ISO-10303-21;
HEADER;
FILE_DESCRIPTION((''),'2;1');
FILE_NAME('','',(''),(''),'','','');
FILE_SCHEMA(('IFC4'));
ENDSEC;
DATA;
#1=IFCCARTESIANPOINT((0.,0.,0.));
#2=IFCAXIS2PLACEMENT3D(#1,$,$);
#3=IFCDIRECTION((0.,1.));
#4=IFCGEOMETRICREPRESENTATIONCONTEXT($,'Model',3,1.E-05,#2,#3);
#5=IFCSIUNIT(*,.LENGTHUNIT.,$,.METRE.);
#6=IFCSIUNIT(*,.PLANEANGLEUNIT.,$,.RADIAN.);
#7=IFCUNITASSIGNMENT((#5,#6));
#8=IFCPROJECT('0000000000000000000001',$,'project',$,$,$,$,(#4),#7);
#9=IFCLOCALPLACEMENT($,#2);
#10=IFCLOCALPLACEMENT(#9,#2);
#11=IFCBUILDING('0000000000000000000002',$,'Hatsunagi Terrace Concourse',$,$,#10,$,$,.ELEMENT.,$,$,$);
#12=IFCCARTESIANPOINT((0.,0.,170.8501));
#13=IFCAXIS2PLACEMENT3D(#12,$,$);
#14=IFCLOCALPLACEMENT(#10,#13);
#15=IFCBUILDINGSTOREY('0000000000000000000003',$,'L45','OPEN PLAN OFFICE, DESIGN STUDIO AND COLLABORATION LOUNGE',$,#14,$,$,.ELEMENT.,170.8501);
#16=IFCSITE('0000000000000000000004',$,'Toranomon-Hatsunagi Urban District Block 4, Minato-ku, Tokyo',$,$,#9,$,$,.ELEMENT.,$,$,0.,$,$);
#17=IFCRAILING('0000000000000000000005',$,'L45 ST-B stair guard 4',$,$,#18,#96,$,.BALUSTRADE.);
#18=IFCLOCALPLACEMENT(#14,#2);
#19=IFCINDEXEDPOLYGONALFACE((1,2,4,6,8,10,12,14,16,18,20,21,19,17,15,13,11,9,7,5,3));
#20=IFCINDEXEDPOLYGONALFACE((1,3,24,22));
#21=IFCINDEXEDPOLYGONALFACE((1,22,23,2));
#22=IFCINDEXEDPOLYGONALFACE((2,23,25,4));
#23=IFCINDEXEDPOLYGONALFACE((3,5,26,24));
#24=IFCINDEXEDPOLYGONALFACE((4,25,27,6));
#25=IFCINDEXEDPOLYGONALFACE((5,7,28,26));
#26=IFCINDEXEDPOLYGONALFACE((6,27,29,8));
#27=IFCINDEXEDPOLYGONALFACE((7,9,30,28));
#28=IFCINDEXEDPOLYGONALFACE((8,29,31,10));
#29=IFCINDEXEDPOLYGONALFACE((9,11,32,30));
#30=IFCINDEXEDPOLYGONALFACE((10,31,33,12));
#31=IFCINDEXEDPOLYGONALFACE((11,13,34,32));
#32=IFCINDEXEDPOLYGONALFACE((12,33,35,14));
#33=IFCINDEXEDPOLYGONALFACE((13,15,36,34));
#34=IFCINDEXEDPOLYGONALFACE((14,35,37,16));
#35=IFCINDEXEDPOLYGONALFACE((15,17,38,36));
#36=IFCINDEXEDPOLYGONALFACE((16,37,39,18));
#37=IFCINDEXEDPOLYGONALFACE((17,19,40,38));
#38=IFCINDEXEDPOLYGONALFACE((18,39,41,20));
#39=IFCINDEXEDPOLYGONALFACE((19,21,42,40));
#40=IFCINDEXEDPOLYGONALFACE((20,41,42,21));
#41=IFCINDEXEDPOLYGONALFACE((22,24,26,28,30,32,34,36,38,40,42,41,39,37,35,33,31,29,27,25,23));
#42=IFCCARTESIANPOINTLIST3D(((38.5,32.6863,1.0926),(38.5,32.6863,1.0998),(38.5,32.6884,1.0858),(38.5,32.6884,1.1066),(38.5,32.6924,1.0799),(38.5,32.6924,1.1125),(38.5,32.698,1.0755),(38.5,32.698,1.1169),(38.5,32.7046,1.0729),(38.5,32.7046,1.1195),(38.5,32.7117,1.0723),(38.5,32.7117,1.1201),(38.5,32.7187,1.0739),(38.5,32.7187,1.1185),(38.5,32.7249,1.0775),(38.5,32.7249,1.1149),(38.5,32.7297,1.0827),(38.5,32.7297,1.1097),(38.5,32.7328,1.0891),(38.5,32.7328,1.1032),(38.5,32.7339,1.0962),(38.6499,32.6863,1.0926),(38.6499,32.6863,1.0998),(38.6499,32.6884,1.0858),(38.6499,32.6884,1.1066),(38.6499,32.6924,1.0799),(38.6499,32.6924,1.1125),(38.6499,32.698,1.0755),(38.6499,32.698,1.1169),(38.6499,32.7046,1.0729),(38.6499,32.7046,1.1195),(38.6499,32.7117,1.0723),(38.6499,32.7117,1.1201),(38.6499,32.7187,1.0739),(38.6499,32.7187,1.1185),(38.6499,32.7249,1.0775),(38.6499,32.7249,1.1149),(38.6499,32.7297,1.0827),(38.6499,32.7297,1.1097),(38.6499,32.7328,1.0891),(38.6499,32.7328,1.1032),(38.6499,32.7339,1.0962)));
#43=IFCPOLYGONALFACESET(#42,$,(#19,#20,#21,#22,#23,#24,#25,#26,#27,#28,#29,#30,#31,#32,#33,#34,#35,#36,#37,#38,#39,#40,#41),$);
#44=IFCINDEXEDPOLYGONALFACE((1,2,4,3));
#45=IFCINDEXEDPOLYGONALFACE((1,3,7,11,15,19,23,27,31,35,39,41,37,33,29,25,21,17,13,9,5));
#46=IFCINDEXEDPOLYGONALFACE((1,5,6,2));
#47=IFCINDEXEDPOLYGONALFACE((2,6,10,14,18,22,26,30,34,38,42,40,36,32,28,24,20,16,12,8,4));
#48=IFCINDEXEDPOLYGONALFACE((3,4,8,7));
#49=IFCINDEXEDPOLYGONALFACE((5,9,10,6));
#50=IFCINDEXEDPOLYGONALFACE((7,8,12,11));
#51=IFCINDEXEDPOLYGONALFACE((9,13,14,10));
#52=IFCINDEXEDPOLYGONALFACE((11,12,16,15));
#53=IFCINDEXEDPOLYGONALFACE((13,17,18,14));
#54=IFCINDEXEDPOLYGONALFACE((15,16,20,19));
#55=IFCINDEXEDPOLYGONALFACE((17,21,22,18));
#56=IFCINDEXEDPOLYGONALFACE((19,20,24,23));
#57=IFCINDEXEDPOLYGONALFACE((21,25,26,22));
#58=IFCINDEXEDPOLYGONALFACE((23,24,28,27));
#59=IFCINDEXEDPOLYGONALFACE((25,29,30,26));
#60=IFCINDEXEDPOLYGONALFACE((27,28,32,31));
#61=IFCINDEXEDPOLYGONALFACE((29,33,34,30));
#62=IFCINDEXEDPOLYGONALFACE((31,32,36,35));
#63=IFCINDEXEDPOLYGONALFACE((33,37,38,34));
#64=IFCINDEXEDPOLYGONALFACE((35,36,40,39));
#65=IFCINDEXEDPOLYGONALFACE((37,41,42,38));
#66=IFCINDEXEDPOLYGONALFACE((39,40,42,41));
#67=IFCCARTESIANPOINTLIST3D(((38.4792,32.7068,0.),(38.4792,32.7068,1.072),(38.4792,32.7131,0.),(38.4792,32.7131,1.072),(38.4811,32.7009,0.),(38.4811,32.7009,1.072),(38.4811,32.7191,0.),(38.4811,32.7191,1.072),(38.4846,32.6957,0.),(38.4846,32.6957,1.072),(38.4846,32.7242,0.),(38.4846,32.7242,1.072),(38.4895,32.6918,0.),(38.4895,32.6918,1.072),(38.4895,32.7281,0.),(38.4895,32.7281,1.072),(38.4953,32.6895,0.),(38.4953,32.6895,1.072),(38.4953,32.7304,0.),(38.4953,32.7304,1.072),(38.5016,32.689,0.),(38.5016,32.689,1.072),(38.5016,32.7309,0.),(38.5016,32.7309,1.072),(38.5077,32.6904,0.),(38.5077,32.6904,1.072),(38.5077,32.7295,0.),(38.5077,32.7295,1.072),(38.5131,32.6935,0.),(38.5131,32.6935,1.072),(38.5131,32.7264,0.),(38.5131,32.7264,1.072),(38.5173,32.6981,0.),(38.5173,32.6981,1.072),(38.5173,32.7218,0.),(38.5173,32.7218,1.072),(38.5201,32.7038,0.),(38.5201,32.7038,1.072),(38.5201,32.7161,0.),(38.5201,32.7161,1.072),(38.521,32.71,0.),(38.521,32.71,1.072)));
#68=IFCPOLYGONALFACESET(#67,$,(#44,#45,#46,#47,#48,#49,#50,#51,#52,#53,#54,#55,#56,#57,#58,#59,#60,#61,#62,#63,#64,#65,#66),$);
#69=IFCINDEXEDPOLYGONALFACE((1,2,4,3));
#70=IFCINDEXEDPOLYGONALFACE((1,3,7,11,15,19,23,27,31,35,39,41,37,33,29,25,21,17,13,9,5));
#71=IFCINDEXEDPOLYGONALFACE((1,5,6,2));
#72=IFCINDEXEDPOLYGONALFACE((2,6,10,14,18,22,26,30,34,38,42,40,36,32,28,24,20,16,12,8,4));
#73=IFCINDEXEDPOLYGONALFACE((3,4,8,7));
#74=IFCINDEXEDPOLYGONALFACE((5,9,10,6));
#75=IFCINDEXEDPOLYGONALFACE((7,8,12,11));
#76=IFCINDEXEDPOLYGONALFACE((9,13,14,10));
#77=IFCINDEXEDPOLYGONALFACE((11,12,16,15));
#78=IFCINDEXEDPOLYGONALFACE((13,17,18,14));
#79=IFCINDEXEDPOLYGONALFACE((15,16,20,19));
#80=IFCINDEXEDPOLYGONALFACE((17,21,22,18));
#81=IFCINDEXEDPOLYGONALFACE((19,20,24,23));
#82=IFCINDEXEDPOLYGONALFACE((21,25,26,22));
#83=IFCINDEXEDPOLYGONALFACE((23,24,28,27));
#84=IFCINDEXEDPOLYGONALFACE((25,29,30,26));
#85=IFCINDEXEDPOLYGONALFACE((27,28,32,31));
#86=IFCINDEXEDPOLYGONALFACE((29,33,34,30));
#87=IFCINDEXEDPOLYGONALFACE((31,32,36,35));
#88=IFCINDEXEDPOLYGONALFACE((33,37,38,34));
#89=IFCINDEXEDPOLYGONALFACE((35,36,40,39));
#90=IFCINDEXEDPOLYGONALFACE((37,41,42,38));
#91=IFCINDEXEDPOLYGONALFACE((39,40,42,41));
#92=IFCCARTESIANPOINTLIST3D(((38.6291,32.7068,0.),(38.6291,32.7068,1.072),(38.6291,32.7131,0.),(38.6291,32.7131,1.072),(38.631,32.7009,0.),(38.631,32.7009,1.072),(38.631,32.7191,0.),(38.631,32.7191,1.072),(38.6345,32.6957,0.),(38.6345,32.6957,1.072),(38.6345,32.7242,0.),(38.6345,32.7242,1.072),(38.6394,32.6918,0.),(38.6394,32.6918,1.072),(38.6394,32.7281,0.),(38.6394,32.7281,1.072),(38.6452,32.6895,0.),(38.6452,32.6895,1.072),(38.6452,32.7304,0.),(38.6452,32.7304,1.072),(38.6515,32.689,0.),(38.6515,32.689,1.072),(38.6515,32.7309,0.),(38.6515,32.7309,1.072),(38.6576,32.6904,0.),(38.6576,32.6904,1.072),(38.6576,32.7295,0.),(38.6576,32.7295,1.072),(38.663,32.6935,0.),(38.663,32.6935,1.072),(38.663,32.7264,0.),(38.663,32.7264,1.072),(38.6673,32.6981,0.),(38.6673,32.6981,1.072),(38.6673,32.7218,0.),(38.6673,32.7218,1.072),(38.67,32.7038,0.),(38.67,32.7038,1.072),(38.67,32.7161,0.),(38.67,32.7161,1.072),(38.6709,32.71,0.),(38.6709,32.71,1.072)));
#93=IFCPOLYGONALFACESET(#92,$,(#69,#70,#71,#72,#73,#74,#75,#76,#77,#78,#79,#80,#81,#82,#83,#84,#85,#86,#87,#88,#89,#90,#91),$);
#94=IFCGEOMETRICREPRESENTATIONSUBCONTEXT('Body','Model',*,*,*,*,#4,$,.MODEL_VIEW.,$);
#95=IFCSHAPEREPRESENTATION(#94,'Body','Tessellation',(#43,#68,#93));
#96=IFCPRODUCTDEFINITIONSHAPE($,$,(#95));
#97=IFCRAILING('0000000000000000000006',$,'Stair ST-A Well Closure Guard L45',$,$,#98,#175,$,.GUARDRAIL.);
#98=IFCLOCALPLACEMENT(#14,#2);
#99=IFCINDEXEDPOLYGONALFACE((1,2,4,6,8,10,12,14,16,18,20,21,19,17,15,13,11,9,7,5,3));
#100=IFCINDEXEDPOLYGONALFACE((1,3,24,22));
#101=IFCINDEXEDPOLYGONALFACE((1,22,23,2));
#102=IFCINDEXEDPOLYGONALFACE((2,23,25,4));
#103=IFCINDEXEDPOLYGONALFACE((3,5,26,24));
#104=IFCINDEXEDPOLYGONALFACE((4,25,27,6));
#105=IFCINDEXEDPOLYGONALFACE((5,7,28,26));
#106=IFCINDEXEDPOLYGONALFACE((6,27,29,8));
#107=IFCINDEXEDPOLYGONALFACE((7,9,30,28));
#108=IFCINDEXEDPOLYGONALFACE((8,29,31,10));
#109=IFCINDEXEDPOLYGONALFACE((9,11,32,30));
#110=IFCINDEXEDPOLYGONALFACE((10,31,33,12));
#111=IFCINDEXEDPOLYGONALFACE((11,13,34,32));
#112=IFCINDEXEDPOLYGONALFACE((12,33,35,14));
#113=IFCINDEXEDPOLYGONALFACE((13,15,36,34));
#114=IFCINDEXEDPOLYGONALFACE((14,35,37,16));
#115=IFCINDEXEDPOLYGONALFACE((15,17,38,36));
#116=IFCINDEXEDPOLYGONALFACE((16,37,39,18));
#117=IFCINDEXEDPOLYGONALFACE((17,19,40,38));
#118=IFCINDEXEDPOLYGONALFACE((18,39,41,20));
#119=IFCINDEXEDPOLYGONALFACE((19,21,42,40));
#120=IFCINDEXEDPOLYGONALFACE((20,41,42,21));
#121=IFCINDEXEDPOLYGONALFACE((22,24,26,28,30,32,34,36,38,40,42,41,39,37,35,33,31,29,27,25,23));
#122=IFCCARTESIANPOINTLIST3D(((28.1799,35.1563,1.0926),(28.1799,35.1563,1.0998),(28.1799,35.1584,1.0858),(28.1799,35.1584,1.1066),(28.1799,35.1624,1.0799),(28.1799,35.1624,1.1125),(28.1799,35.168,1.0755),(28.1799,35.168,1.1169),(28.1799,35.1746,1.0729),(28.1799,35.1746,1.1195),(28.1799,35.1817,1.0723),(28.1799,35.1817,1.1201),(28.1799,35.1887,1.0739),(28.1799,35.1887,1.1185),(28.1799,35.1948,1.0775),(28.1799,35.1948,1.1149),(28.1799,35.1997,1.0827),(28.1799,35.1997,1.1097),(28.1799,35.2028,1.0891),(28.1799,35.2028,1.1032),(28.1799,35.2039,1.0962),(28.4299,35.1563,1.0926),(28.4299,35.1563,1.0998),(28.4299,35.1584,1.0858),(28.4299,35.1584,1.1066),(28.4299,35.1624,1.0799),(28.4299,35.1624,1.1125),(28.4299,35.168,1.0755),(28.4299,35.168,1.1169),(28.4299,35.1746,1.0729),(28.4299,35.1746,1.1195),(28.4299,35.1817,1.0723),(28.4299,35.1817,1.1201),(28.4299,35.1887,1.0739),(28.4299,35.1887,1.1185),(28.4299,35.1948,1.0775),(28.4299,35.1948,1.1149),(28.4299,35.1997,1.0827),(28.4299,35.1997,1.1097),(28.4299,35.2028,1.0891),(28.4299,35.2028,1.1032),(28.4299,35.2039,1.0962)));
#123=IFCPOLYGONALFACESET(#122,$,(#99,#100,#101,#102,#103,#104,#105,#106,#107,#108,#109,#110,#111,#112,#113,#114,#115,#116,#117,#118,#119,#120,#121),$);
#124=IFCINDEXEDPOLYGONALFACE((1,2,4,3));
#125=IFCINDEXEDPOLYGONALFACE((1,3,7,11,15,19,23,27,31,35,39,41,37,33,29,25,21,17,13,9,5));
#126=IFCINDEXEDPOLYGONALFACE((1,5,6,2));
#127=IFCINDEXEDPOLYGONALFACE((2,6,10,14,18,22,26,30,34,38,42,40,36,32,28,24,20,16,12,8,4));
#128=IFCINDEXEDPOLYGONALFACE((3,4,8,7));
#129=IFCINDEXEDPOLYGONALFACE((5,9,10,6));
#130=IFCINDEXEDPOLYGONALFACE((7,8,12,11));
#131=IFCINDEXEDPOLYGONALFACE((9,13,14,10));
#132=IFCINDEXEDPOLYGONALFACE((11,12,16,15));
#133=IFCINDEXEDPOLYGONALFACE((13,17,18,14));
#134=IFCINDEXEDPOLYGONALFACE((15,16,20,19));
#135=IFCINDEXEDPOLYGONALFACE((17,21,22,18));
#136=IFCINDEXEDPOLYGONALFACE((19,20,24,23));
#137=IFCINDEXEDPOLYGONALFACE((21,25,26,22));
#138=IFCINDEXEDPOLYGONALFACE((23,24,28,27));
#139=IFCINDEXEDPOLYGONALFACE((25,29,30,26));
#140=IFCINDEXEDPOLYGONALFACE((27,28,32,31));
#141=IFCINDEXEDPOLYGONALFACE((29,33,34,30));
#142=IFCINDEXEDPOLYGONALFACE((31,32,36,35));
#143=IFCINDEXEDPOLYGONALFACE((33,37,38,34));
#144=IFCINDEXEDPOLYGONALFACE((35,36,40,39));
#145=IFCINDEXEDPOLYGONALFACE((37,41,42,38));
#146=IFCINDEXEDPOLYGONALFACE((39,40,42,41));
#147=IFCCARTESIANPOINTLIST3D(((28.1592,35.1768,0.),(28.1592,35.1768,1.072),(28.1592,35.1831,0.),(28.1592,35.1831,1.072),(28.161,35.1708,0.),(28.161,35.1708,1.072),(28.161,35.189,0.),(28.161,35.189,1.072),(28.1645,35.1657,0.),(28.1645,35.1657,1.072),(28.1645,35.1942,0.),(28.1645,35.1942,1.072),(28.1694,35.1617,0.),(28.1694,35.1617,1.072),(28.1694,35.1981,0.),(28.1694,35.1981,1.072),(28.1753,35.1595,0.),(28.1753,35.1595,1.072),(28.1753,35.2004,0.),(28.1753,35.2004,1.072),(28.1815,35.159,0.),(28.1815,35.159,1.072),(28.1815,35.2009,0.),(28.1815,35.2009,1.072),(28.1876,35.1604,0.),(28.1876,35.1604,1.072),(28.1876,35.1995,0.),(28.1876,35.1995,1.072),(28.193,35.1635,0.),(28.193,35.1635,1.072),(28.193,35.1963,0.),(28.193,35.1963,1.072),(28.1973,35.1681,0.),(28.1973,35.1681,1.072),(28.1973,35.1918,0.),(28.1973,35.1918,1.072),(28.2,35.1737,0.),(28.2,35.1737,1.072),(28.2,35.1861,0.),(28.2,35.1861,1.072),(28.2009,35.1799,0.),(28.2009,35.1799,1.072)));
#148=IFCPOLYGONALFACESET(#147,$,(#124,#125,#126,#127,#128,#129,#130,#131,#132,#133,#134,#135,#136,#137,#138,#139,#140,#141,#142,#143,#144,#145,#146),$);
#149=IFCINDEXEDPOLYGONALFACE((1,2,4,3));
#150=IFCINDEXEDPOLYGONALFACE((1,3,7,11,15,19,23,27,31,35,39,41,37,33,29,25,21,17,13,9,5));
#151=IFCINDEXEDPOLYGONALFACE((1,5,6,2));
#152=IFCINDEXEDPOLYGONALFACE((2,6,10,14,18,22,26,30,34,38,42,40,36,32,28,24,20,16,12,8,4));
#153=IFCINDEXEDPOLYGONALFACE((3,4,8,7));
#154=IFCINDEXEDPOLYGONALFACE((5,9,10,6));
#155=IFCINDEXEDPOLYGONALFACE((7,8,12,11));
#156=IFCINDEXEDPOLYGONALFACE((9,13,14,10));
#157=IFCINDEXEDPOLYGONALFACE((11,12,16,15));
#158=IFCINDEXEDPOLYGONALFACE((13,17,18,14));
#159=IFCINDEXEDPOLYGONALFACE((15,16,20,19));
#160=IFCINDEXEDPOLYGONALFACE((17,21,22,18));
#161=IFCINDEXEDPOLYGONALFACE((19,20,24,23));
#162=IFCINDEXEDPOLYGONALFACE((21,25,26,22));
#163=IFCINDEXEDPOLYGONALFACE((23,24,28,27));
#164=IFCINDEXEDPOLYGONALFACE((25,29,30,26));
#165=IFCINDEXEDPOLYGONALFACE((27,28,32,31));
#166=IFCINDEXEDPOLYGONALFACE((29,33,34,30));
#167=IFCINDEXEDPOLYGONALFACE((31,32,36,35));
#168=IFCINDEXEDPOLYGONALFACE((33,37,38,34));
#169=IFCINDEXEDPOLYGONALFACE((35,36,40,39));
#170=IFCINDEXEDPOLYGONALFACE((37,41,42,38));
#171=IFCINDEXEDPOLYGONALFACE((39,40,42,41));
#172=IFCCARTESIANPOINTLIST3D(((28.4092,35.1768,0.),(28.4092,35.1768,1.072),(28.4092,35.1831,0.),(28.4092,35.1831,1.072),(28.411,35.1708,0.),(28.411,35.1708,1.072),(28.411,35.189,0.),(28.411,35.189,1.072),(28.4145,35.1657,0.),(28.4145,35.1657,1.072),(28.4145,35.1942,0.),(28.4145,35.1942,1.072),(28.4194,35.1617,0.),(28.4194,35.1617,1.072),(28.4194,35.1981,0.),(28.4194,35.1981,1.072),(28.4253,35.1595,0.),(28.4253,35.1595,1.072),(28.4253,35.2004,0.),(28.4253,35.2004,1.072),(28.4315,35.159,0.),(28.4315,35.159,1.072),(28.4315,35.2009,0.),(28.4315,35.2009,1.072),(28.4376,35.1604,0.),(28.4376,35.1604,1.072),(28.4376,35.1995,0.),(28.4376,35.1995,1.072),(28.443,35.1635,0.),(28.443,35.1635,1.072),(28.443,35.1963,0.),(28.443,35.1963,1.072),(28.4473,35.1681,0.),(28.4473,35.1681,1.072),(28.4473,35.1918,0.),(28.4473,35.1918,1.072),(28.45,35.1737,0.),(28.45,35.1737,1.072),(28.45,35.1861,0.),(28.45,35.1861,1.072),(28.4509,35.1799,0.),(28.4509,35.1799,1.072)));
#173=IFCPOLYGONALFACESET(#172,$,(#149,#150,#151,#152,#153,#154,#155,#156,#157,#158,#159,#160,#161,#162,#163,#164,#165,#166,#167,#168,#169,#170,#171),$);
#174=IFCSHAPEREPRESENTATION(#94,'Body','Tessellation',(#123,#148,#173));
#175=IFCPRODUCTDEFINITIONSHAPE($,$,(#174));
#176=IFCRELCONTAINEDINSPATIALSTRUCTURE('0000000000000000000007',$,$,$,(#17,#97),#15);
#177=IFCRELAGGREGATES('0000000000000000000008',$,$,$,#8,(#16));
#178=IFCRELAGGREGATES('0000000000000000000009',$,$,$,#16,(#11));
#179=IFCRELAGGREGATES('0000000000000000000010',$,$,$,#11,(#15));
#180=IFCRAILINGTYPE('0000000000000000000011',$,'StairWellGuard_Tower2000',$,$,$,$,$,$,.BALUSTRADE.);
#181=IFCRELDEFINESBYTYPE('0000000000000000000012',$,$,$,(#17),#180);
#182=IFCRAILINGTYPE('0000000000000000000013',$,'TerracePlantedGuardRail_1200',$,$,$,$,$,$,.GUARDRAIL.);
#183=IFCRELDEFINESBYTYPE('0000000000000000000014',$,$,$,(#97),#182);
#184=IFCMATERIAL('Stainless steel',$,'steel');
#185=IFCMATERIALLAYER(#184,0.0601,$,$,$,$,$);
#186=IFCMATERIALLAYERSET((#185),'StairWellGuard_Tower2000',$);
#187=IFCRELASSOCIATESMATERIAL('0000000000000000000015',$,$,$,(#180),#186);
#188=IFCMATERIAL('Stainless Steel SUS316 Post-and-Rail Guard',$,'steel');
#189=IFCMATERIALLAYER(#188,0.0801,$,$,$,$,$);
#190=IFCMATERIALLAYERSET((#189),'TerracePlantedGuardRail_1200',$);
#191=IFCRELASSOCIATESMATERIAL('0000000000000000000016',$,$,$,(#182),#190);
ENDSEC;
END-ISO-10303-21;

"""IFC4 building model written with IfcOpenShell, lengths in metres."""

from ifc_helpers import new_model, si_unit, direction, frame, origin, origin_2d, place, context, subcontext, project, spatial, circle, extrude, material, layer, layer_set, type_object, element, save


model = new_model("IFC4")

# Units and contexts
model_context = context("Model", 3, precision=1e-05, world=origin(), true_north=direction((0.0, 1.0)))
body_context = subcontext(model_context, "Body", "Model", "MODEL_VIEW")
ifc_project = project(units=[si_unit("LENGTHUNIT", "METRE"), si_unit("PLANEANGLEUNIT", "RADIAN")], contexts=[model_context])

# Site, building, storey
site_placement = place(None, origin())
site = spatial("IfcSite", under=ifc_project, at=site_placement, Name="Toranomon-Hatsunagi Urban District Block 4, Minato-ku, Tokyo", CompositionType="ELEMENT", RefElevation=0.0)
building_placement = place(site_placement, origin())
building = spatial("IfcBuilding", under=site, at=building_placement, Name="Hatsunagi Terrace Concourse", CompositionType="ELEMENT")
storey_placement = place(building_placement, frame((0.0, 0.0, 170.8501)))
storey = spatial("IfcBuildingStorey", under=building, at=storey_placement, Name="L45", Description="OPEN PLAN OFFICE, DESIGN STUDIO AND COLLABORATION LOUNGE", CompositionType="ELEMENT", Elevation=170.8501)

# Railings
ifc_material_1 = material(Name="Stainless steel", Category="steel")
ifc_layer_1 = layer(ifc_material_1, 0.0601)
ifc_layer_set_1 = layer_set([ifc_layer_1], Name="StairWellGuard_Tower2000")
railing_type_1 = type_object("IfcRailingType", Name="StairWellGuard_Tower2000", PredefinedType="BALUSTRADE", material=ifc_layer_set_1)
for number, where, name in (
    (1, (38.5, 32.71, 0.0), "L45 ST-B stair guard 4"),
):
    element("IfcRailing", number, at=place(storey_placement, frame(where)), inside=storey, type_object=railing_type_1, Name=name, PredefinedType="BALUSTRADE", context=body_context, shape_type="SweptSolid", body=[
        extrude(circle(Radius=0.0239, at=origin_2d()), frame((0.0, 0.0, 1.0962), z_axis=(1.0, 0.0, 0.0), x_axis=(0.0, 1.0, 0.0)), (0.0, 0.0, 1.0), 0.1499),
        extrude(circle(Radius=0.021, at=origin_2d()), origin(), (0.0, 0.0, 1.0), 1.072),
        extrude(circle(Radius=0.021, at=origin_2d()), frame((0.1499, 0.0, 0.0)), (0.0, 0.0, 1.0), 1.072),
    ])
ifc_material_2 = material(Name="Stainless Steel SUS316 Post-and-Rail Guard", Category="steel")
ifc_layer_2 = layer(ifc_material_2, 0.0801)
ifc_layer_set_2 = layer_set([ifc_layer_2], Name="TerracePlantedGuardRail_1200")
railing_type_2 = type_object("IfcRailingType", Name="TerracePlantedGuardRail_1200", PredefinedType="GUARDRAIL", material=ifc_layer_set_2)
for number, where, name in (
    (2, (28.1799, 35.1799, 0.0), "Stair ST-A Well Closure Guard L45"),
):
    element("IfcRailing", number, at=place(storey_placement, frame(where)), inside=storey, type_object=railing_type_2, Name=name, PredefinedType="GUARDRAIL", context=body_context, shape_type="SweptSolid", body=[
        extrude(circle(Radius=0.0239, at=origin_2d()), frame((0.0, 0.0, 1.0962), z_axis=(1.0, 0.0, 0.0), x_axis=(0.0, 1.0, 0.0)), (0.0, 0.0, 1.0), 0.25),
        extrude(circle(Radius=0.021, at=origin_2d()), origin(), (0.0, 0.0, 1.0), 1.072),
        extrude(circle(Radius=0.021, at=origin_2d()), frame((0.25, 0.0, 0.0)), (0.0, 0.0, 1.0), 1.072),
    ])

save(model, "model.ifc")
